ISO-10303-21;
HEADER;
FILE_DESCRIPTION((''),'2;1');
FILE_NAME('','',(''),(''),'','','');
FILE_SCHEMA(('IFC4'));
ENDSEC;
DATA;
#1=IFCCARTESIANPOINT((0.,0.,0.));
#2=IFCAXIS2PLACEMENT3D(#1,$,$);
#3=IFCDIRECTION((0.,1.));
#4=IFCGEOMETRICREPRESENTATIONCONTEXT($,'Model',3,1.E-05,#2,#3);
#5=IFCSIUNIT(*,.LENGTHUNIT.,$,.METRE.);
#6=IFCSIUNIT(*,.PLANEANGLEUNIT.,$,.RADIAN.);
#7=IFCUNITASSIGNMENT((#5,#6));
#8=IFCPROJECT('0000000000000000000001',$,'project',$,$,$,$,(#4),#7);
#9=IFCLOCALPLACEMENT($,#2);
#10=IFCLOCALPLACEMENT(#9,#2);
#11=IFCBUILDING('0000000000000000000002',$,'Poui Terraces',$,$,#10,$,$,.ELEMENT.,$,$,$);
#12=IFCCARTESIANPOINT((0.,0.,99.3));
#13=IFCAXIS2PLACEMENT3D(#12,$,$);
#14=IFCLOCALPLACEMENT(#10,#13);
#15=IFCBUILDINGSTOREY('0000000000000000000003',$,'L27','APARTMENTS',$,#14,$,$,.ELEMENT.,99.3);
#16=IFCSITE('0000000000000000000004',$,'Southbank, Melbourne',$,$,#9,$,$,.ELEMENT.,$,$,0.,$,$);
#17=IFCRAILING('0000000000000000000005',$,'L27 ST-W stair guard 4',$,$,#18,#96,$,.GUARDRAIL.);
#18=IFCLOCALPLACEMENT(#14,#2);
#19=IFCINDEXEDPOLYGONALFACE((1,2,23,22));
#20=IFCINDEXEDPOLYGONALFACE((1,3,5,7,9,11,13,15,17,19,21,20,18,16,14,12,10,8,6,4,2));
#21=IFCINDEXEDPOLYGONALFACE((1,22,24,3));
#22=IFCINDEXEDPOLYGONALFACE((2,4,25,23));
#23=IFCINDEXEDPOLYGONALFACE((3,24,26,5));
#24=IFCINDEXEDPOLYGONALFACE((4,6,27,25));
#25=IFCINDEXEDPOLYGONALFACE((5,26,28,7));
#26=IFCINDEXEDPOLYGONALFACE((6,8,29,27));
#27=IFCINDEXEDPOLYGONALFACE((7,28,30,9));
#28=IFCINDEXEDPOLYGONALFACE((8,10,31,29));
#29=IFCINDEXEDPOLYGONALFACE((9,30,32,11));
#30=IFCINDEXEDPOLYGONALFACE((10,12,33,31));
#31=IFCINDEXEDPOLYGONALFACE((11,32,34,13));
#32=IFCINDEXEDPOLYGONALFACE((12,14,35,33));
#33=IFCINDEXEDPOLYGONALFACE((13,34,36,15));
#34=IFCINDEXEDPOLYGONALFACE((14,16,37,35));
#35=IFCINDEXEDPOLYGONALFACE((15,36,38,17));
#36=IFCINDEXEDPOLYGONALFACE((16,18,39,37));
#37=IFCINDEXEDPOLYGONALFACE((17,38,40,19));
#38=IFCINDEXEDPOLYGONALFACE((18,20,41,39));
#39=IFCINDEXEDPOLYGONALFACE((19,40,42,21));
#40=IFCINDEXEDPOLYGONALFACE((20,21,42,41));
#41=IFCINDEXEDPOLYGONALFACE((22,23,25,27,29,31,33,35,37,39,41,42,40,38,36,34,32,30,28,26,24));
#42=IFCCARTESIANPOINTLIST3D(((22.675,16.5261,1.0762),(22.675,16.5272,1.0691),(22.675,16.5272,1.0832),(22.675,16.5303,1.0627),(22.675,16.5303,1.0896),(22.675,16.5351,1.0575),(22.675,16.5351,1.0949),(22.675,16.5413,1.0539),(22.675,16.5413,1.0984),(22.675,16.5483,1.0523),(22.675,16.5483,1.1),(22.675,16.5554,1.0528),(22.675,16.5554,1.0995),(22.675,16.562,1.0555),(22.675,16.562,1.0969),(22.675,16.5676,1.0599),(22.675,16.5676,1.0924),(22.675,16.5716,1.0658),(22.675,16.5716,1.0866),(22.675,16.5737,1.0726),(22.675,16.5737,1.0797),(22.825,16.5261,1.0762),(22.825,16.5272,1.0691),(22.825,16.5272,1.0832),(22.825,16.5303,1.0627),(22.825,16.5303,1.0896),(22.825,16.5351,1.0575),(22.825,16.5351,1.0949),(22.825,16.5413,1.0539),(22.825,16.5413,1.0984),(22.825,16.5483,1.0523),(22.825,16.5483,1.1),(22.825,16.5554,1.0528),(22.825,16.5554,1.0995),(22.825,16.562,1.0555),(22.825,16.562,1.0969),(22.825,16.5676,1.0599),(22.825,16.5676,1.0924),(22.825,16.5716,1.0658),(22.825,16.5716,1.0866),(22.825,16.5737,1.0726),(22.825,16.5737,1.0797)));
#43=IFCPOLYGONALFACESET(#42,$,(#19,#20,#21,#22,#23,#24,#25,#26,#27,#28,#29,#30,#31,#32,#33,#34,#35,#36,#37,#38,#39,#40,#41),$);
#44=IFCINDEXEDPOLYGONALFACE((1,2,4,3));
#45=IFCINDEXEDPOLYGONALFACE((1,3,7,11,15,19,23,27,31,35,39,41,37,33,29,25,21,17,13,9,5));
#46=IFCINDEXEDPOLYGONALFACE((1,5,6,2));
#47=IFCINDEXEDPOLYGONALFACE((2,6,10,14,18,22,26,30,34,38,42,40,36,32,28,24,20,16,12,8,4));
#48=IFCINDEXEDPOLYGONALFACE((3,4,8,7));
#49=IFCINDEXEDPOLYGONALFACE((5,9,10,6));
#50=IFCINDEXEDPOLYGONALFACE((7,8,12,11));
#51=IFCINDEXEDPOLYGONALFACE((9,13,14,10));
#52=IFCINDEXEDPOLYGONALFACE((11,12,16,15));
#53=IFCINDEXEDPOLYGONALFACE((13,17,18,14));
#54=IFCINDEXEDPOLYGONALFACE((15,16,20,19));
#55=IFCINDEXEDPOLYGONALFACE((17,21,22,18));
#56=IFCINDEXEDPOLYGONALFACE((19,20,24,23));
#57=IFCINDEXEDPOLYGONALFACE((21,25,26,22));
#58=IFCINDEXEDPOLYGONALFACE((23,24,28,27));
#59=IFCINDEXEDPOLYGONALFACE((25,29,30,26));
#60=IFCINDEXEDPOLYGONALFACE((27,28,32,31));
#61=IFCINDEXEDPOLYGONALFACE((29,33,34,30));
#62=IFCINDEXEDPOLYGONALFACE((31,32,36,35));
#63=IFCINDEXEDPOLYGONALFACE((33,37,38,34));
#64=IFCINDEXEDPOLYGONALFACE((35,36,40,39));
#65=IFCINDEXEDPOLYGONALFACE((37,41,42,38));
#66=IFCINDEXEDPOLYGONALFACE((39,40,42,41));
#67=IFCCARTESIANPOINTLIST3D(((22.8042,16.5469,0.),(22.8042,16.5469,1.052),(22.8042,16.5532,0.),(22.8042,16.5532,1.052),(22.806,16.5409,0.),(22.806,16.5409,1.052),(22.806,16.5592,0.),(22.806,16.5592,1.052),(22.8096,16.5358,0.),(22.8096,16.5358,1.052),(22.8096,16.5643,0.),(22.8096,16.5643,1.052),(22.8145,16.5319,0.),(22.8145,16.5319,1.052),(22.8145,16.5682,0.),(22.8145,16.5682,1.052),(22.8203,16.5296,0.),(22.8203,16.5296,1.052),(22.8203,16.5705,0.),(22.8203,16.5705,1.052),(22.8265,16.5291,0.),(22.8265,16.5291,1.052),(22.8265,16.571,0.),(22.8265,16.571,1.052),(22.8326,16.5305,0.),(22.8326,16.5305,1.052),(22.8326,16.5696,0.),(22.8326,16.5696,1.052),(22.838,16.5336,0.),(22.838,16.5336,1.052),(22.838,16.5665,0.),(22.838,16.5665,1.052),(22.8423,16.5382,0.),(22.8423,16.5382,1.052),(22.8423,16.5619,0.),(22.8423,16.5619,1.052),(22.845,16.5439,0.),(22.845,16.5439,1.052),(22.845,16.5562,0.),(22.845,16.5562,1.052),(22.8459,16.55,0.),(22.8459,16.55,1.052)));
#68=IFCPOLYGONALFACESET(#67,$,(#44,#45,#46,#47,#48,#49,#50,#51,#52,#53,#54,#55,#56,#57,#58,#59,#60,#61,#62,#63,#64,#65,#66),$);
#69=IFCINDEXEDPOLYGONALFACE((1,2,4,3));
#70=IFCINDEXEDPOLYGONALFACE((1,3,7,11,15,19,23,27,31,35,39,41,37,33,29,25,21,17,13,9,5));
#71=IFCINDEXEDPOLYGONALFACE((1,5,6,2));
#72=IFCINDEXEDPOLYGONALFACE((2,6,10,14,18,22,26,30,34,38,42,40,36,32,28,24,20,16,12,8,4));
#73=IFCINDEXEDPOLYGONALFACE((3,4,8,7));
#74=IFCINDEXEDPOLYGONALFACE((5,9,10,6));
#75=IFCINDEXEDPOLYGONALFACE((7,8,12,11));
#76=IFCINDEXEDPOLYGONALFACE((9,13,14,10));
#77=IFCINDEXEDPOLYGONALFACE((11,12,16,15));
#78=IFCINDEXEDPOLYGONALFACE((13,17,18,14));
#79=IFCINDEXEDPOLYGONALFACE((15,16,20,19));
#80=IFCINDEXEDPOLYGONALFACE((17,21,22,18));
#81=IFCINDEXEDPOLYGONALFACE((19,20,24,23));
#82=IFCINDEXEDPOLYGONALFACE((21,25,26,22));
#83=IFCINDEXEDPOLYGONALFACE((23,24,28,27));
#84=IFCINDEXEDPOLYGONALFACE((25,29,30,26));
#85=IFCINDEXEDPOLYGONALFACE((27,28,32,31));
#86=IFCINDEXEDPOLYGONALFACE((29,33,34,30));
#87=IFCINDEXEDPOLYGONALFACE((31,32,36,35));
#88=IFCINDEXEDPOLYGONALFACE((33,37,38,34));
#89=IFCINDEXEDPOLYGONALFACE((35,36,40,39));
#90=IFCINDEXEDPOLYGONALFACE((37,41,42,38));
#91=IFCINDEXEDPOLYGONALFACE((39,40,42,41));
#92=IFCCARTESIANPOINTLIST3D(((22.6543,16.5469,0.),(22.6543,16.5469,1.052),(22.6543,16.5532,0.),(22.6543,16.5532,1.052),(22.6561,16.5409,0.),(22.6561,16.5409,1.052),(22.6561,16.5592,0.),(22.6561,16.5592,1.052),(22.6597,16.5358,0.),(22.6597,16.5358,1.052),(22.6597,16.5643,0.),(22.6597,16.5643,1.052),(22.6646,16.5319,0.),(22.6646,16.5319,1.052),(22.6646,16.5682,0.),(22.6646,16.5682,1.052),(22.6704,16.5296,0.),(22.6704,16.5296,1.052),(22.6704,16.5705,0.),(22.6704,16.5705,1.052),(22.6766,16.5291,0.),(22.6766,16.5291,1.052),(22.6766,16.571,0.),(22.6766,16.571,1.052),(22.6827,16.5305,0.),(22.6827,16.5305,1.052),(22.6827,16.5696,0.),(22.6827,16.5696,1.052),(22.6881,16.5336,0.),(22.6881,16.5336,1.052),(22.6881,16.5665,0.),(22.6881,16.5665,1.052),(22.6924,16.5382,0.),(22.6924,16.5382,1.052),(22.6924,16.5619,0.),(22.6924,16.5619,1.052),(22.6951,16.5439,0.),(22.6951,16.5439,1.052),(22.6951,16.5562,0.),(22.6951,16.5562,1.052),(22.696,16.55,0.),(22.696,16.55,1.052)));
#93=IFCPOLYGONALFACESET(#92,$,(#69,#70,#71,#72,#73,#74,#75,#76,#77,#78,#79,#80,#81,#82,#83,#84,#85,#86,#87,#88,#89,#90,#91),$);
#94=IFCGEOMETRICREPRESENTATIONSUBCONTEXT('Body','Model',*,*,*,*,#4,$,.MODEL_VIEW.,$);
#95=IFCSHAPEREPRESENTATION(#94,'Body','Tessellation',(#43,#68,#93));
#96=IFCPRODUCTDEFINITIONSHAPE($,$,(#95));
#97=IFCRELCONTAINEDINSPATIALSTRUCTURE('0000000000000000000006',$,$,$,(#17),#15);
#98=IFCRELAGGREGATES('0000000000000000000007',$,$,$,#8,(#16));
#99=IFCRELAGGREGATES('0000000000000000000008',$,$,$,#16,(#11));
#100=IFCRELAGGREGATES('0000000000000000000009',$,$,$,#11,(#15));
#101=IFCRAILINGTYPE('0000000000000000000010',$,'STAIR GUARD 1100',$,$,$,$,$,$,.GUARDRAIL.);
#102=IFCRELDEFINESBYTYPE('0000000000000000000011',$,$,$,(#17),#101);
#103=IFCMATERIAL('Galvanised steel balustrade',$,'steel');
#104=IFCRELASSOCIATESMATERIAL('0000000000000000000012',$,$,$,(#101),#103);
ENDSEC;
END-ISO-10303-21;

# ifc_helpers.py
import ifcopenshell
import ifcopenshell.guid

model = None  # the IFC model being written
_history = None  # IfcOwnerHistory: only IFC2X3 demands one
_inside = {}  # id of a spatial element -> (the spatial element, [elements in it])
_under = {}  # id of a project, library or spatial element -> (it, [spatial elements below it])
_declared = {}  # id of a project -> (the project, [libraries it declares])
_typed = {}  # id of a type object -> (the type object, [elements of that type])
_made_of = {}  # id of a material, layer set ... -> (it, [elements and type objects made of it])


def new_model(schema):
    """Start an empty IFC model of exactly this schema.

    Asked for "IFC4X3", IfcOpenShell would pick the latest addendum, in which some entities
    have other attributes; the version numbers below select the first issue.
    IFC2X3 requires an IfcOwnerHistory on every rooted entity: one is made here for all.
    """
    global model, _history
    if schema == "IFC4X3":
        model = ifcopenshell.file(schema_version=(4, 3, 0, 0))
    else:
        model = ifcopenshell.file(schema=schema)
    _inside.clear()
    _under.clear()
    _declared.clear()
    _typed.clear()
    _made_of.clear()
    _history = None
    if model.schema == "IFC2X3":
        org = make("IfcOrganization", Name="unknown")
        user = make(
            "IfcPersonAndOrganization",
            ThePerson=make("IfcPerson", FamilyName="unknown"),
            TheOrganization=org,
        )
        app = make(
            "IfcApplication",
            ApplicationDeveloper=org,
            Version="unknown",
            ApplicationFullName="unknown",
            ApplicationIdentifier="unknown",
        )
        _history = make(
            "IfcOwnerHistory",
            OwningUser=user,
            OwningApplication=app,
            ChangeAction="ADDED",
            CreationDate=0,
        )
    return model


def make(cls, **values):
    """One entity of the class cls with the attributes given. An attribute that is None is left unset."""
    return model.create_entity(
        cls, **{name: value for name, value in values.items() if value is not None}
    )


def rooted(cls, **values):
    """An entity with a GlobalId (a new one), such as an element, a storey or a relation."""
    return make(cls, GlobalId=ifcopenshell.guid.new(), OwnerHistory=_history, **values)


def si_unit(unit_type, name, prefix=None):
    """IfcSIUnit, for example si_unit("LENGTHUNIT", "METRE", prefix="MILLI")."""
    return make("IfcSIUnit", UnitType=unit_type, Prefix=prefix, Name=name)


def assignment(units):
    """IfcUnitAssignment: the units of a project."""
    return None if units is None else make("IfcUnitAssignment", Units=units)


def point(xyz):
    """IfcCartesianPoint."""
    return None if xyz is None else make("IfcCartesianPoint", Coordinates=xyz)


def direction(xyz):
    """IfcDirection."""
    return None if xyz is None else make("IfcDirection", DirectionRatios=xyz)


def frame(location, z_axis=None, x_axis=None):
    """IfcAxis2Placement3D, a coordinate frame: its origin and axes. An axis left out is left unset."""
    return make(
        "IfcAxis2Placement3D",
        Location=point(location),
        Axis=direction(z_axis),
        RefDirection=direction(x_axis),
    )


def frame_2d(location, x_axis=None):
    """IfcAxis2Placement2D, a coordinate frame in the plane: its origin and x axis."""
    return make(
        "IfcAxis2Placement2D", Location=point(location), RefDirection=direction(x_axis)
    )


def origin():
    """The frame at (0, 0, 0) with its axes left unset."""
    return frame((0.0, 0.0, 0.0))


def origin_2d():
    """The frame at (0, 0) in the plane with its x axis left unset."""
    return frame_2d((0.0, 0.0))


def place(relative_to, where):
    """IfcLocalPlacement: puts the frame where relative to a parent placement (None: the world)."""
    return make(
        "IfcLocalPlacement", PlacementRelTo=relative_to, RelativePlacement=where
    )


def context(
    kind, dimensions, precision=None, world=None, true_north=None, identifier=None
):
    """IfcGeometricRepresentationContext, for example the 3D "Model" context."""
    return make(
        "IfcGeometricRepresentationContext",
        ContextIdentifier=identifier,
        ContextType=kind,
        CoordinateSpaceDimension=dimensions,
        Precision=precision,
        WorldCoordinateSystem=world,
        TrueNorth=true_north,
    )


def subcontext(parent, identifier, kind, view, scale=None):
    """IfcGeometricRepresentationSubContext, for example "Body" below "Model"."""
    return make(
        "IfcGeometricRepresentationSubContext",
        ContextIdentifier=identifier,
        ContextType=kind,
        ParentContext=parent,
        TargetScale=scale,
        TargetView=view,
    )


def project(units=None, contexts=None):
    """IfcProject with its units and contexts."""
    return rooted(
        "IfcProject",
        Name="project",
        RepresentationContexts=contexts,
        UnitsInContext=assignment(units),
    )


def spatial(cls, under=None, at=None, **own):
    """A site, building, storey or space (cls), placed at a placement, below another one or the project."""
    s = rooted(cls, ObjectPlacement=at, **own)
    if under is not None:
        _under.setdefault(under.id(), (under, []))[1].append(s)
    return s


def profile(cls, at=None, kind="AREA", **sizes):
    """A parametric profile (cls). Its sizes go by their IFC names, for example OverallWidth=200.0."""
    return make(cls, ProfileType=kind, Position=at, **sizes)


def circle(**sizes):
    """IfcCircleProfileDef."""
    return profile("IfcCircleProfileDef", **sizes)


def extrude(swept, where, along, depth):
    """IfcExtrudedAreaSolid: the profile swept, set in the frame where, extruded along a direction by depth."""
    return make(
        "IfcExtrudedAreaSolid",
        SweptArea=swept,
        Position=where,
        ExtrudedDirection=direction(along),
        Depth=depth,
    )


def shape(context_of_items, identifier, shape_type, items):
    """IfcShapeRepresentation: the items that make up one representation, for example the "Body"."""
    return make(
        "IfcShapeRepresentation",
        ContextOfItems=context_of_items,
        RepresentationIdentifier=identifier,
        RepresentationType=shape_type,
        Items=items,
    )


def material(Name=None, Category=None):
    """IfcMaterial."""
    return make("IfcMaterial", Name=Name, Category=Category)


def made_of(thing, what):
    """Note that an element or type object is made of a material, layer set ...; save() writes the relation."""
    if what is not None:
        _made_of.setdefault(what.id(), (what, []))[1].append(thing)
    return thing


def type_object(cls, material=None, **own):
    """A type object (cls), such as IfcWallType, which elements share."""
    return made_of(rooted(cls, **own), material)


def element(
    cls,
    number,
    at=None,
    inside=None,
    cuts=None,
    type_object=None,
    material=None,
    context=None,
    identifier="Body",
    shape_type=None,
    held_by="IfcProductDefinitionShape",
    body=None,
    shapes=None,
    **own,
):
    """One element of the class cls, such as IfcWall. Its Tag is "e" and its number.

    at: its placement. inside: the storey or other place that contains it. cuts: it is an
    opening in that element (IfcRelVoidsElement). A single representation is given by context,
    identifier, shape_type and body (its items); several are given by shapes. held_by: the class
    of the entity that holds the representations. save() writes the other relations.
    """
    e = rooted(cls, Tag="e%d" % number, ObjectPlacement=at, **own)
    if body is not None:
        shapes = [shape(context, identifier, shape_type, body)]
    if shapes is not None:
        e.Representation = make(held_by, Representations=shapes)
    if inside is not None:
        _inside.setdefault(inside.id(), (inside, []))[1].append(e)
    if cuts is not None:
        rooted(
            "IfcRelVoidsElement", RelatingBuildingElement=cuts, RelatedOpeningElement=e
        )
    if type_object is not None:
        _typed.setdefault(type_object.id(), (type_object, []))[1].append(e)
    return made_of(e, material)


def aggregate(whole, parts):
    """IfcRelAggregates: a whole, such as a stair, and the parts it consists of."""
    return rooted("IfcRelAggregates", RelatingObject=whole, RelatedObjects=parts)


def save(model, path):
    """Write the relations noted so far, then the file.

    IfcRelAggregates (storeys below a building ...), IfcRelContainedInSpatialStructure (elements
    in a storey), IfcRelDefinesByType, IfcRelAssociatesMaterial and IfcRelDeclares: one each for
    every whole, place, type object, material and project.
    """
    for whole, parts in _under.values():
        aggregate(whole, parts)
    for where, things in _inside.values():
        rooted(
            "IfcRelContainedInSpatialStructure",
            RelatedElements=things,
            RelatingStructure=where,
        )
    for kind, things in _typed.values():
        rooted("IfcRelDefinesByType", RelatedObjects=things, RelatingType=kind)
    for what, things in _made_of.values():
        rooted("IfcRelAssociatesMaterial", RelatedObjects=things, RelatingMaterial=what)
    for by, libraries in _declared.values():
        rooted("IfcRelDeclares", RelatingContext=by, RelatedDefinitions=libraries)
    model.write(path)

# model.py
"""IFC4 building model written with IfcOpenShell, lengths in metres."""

from ifc_helpers import new_model, si_unit, direction, frame, origin, origin_2d, place, context, subcontext, project, spatial, circle, extrude, material, type_object, element, save


model = new_model("IFC4")

# Units and contexts
model_context = context("Model", 3, precision=1e-05, world=origin(), true_north=direction((0.0, 1.0)))
body_context = subcontext(model_context, "Body", "Model", "MODEL_VIEW")
ifc_project = project(units=[si_unit("LENGTHUNIT", "METRE"), si_unit("PLANEANGLEUNIT", "RADIAN")], contexts=[model_context])

# Site, building, storey
site_placement = place(None, origin())
site = spatial("IfcSite", under=ifc_project, at=site_placement, Name="Southbank, Melbourne", CompositionType="ELEMENT", RefElevation=0.0)
building_placement = place(site_placement, origin())
building = spatial("IfcBuilding", under=site, at=building_placement, Name="Poui Terraces", CompositionType="ELEMENT")
storey_placement = place(building_placement, frame((0.0, 0.0, 99.3)))
storey = spatial("IfcBuildingStorey", under=building, at=storey_placement, Name="L27", Description="APARTMENTS", CompositionType="ELEMENT", Elevation=99.3)

# Railing
ifc_material_1 = material(Name="Galvanised steel balustrade", Category="steel")
railing_type_1 = type_object("IfcRailingType", Name="STAIR GUARD 1100", PredefinedType="GUARDRAIL", material=ifc_material_1)
railing_1_placement = place(storey_placement, frame((22.825, 16.55, 0.0)))
element("IfcRailing", 1, at=railing_1_placement, inside=storey, type_object=railing_type_1, Name="L27 ST-W stair guard 4", PredefinedType="GUARDRAIL", context=body_context, shape_type="SweptSolid", body=[
    extrude(circle(Radius=0.0239, at=origin_2d()), frame((0.0, 0.0, 1.0762), z_axis=(-1.0, 0.0, 0.0), x_axis=(0.0, -1.0, 0.0)), (0.0, 0.0, 1.0), 0.1499),
    extrude(circle(Radius=0.021, at=origin_2d()), origin(), (0.0, 0.0, 1.0), 1.052),
    extrude(circle(Radius=0.021, at=origin_2d()), frame((-0.1499, 0.0, 0.0)), (0.0, 0.0, 1.0), 1.052),
])

save(model, "model.ifc")
